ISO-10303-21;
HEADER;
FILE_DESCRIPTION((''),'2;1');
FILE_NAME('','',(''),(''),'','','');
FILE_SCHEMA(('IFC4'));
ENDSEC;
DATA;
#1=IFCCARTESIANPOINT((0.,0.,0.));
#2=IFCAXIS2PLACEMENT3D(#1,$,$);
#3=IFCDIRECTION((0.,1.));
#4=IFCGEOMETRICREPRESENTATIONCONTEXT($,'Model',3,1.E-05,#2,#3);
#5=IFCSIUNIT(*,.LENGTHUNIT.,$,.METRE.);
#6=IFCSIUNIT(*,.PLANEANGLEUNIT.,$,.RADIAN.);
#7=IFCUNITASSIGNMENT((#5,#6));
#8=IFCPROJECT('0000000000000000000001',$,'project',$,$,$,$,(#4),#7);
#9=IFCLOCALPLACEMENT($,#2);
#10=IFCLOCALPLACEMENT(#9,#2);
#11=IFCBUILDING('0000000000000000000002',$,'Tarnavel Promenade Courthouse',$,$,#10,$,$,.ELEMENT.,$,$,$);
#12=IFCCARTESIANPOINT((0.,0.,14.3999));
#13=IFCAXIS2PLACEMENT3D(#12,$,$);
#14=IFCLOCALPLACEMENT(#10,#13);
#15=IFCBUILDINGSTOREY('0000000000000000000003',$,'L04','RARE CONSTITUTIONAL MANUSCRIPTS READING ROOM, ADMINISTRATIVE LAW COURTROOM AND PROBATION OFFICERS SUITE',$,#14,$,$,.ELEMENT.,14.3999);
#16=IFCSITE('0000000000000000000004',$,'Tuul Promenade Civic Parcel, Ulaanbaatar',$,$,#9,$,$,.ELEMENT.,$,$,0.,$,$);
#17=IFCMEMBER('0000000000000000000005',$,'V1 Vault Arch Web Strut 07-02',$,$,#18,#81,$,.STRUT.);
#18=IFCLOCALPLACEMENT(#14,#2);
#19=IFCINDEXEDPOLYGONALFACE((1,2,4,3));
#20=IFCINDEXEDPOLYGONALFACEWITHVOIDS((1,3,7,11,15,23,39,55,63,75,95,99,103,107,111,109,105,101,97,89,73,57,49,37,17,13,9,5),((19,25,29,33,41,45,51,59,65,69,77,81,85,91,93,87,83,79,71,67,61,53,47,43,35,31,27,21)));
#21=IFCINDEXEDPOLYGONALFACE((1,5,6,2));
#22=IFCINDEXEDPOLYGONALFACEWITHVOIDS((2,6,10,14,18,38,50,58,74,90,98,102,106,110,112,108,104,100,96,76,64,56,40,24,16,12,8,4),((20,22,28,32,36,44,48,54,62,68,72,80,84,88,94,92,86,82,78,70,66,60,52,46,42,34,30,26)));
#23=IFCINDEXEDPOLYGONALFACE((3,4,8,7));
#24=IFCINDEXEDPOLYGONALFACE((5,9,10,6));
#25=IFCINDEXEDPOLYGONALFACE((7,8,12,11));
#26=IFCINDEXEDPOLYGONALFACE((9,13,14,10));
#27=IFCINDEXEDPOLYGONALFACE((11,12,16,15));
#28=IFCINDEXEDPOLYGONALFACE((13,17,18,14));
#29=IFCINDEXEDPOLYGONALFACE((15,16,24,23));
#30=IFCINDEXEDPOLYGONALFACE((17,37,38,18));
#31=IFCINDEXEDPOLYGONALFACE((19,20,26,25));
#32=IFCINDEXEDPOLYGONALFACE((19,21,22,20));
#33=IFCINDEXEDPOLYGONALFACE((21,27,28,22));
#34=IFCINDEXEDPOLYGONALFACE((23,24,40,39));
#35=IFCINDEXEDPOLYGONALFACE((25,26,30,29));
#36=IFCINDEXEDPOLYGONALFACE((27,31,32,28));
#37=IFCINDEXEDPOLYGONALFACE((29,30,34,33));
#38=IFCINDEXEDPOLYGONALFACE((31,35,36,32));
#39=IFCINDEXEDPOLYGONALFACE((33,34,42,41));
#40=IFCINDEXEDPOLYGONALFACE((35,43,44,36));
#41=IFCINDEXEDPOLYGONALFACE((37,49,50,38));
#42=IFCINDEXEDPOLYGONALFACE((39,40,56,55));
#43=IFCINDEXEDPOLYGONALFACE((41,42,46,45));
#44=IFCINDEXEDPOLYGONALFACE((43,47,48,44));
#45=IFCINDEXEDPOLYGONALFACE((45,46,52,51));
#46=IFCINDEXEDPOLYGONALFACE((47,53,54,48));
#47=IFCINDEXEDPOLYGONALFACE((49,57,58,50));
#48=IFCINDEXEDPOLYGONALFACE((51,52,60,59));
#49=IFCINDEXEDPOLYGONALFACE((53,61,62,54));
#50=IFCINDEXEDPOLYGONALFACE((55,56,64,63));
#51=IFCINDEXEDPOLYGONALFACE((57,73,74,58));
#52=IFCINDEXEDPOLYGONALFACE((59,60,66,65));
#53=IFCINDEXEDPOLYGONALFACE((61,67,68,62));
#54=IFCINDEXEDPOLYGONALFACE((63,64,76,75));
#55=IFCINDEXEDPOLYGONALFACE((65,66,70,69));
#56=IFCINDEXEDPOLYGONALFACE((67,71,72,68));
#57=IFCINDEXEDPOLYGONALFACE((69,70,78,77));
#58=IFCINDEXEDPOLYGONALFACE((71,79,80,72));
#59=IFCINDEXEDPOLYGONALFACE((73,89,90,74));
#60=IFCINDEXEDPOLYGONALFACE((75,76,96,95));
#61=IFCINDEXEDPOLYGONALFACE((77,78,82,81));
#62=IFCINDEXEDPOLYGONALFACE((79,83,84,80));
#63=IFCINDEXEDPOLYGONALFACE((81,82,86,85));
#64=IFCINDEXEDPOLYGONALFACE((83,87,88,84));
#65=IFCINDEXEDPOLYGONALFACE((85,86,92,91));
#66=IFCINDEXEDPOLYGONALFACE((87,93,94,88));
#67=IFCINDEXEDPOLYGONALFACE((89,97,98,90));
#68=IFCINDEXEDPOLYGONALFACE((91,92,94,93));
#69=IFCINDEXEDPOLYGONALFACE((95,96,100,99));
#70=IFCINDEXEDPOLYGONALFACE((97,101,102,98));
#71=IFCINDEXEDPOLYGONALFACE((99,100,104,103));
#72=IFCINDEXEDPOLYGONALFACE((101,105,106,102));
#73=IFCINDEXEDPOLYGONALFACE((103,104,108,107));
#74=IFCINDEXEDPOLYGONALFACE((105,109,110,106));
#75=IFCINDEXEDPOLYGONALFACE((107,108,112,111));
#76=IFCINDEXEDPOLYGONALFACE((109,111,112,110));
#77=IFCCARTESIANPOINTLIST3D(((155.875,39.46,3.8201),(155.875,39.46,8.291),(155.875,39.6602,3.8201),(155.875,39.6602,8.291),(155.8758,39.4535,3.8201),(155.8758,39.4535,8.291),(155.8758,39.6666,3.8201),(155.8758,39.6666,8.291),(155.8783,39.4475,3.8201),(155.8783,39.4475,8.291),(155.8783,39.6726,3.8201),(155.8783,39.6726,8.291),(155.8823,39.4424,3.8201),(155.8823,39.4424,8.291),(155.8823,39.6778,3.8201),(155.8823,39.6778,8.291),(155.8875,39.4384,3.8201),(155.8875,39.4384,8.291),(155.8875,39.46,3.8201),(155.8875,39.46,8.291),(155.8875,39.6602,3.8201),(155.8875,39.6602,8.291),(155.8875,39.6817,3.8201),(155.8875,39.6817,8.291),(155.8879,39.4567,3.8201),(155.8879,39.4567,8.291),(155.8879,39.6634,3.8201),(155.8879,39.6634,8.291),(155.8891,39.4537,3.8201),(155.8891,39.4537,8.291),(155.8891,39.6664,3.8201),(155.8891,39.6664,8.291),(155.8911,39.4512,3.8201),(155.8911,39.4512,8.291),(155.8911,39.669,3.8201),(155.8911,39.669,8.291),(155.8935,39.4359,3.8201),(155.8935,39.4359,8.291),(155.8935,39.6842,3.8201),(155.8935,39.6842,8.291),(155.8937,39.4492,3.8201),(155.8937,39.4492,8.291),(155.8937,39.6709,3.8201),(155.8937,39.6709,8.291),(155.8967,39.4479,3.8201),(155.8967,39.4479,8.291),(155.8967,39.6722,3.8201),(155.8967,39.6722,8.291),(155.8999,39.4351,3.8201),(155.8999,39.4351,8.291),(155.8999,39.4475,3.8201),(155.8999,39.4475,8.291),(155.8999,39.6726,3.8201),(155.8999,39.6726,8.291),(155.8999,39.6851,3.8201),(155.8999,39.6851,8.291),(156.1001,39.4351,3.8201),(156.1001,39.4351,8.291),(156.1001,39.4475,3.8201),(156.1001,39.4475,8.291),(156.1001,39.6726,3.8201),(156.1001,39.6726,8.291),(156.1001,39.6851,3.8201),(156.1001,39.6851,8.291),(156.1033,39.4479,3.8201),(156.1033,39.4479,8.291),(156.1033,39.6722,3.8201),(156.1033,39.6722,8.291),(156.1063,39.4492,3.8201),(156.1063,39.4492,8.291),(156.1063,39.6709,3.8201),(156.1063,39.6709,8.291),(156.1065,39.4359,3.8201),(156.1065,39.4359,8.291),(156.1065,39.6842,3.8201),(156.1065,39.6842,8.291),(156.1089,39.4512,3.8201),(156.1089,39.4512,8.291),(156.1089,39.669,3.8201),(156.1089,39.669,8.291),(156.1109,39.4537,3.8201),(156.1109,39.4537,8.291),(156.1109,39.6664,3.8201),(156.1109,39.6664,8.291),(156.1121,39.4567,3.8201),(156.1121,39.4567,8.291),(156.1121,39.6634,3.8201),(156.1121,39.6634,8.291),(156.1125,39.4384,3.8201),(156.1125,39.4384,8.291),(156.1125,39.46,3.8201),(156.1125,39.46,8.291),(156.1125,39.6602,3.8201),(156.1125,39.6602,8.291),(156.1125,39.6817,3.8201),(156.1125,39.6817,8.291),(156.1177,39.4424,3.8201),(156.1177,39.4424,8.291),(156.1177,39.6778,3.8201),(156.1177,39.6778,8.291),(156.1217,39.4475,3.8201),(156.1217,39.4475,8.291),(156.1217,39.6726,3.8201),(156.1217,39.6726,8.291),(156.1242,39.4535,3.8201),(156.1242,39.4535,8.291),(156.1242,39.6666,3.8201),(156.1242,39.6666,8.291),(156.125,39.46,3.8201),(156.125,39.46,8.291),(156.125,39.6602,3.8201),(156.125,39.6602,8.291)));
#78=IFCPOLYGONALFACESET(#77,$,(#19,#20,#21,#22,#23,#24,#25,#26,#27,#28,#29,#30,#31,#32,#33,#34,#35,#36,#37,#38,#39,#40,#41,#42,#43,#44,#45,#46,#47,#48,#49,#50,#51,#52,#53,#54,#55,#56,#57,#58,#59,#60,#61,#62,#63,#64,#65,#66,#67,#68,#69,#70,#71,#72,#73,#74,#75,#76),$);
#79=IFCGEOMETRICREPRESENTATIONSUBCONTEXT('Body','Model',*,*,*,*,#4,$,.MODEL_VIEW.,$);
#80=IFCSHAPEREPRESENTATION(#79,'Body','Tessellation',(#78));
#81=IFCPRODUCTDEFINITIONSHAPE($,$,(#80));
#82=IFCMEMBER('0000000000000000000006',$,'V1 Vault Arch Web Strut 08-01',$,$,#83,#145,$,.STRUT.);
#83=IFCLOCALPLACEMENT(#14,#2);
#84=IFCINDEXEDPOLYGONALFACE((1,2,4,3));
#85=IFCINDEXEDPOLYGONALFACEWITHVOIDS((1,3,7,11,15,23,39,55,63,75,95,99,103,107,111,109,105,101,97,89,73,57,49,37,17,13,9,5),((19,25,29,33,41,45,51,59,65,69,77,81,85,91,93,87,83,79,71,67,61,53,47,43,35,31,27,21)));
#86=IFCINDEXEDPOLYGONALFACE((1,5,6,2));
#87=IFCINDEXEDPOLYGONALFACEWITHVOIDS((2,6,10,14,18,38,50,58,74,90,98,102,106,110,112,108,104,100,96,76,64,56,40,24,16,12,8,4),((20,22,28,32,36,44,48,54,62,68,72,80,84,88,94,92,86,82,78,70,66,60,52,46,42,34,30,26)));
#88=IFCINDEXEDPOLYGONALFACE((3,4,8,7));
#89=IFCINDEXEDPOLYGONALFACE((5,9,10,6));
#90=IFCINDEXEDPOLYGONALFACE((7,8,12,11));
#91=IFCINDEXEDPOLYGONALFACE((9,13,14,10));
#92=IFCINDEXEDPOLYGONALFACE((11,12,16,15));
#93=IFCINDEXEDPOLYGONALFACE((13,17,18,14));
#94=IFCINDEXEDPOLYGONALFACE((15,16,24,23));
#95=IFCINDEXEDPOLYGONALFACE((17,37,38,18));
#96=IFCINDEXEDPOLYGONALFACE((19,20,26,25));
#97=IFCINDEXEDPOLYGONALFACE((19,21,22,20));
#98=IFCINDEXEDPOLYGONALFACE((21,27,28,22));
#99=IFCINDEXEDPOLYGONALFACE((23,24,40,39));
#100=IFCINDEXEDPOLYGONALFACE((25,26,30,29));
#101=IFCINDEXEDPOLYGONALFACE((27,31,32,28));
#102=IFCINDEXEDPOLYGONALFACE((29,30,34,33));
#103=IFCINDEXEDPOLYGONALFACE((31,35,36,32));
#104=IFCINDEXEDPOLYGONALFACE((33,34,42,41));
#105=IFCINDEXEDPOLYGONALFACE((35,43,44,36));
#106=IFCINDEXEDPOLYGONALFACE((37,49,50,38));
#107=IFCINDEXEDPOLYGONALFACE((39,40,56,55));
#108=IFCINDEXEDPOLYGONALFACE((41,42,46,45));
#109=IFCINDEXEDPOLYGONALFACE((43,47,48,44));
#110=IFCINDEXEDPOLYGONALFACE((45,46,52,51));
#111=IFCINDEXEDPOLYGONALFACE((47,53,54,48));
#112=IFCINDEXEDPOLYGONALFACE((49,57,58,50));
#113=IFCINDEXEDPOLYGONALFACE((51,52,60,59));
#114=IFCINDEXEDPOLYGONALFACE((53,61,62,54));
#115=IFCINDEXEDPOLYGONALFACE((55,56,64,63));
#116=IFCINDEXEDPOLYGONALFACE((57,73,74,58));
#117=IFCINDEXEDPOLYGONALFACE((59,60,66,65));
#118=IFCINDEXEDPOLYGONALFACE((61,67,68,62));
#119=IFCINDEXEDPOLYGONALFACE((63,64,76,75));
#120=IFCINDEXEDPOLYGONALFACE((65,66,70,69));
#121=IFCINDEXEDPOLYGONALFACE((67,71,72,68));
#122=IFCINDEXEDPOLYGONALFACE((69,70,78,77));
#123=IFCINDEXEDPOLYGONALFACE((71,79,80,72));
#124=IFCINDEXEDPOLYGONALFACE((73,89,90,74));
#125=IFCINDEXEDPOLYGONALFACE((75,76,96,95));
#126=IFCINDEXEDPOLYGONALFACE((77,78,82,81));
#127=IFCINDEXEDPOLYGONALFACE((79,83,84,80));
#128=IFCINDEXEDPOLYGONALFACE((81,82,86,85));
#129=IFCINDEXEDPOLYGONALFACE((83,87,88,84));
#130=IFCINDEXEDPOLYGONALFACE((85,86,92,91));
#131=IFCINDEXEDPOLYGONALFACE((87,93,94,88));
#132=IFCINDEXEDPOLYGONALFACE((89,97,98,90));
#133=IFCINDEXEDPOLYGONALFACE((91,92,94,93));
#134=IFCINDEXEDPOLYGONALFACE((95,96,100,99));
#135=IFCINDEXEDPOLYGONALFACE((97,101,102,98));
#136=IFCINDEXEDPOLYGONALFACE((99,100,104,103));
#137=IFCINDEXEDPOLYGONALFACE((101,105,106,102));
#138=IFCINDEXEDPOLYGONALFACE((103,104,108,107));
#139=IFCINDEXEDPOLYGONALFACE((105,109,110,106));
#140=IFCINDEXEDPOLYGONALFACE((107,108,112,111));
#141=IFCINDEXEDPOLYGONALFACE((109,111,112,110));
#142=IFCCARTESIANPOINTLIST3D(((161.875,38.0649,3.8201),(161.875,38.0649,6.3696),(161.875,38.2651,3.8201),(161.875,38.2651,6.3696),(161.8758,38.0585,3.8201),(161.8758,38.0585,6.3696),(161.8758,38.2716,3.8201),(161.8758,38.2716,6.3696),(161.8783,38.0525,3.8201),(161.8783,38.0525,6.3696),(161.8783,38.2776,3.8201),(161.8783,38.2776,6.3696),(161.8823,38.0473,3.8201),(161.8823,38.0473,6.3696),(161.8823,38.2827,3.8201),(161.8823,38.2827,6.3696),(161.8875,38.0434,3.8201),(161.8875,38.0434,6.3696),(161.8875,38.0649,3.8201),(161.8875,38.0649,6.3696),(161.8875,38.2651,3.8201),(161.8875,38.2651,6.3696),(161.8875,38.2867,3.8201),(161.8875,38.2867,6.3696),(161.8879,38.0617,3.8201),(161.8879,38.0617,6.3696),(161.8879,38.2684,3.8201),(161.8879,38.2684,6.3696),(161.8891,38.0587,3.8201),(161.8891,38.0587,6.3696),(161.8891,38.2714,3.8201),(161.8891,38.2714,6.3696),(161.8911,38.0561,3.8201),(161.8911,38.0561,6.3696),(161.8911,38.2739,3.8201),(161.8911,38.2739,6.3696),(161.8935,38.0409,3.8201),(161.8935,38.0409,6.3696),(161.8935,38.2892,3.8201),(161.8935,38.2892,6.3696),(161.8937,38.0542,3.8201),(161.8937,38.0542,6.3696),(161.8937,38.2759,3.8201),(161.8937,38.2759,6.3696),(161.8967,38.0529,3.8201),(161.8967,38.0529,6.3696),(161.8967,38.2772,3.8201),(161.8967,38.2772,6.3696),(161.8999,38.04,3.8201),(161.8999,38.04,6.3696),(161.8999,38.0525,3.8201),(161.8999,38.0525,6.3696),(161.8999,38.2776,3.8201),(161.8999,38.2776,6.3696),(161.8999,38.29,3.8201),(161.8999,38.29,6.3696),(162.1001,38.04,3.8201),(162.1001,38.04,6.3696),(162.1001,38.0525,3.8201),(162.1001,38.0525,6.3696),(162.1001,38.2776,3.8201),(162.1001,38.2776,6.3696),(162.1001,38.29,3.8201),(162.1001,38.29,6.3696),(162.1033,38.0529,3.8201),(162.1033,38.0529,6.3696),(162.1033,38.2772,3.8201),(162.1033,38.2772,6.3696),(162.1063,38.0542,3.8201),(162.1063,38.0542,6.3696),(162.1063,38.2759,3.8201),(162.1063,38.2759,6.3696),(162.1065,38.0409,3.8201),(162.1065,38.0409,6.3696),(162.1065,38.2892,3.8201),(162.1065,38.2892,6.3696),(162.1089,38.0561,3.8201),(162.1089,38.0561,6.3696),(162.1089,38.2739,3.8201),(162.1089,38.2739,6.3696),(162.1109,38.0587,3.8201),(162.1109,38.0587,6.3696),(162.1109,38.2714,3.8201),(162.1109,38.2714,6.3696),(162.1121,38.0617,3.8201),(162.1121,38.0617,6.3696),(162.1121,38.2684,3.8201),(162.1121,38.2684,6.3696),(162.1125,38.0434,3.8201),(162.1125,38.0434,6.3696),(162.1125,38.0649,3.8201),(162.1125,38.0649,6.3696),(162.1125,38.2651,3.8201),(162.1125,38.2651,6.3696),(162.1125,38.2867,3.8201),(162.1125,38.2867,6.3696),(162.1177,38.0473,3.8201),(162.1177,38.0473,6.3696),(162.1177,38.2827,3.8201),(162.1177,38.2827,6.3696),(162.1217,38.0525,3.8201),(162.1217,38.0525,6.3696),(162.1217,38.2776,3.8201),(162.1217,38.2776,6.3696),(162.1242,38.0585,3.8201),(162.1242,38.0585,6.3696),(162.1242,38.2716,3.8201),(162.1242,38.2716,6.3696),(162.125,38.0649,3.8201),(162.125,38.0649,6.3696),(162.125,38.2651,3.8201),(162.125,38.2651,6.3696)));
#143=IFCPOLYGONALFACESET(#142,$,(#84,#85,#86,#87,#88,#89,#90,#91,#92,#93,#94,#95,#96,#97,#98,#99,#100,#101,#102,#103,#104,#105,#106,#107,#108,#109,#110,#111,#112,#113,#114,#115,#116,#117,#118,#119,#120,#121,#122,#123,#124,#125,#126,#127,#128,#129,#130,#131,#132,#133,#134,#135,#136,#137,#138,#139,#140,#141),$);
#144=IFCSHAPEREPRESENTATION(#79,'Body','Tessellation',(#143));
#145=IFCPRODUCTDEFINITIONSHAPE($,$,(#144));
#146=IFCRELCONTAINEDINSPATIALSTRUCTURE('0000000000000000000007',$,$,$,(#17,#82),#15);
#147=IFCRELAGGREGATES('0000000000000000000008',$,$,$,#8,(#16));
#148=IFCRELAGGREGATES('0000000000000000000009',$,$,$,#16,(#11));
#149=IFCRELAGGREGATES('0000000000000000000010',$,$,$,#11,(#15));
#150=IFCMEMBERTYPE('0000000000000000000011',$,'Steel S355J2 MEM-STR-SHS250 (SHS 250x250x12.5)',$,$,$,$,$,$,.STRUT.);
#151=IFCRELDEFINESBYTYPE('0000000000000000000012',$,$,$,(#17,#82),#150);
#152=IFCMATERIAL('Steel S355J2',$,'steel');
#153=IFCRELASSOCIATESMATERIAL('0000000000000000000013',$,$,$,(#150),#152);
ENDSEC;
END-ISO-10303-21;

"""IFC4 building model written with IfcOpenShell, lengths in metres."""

from ifc_helpers import new_model, si_unit, direction, frame, origin, origin_2d, place, context, subcontext, project, spatial, hollow_rectangle, extrude, material, material_profile, profile_set, type_object, element, save


model = new_model("IFC4")

# Units and contexts
model_context = context("Model", 3, precision=1e-05, world=origin(), true_north=direction((0.0, 1.0)))
body_context = subcontext(model_context, "Body", "Model", "MODEL_VIEW")
ifc_project = project(units=[si_unit("LENGTHUNIT", "METRE"), si_unit("PLANEANGLEUNIT", "RADIAN")], contexts=[model_context])

# Site, building, storey
site_placement = place(None, origin())
site = spatial("IfcSite", under=ifc_project, at=site_placement, Name="Tuul Promenade Civic Parcel, Ulaanbaatar", CompositionType="ELEMENT", RefElevation=0.0)
building_placement = place(site_placement, origin())
building = spatial("IfcBuilding", under=site, at=building_placement, Name="Tarnavel Promenade Courthouse", CompositionType="ELEMENT")
storey_placement = place(building_placement, frame((0.0, 0.0, 14.3999)))
storey = spatial("IfcBuildingStorey", under=building, at=storey_placement, Name="L04", Description="RARE CONSTITUTIONAL MANUSCRIPTS READING ROOM, ADMINISTRATIVE LAW COURTROOM AND PROBATION OFFICERS SUITE", CompositionType="ELEMENT", Elevation=14.3999)

# Shared definitions
ifc_material_1 = material(Name="Steel S355J2", Category="steel")

# Members
ifc_material_profile_1 = material_profile(ifc_material_1, hollow_rectangle(XDim=0.25, YDim=0.25, WallThickness=0.0125, InnerFilletRadius=0.0125, OuterFilletRadius=0.0249, at=origin_2d()), Name="SHS 250x250x12.5")
ifc_profile_set_1 = profile_set([ifc_material_profile_1], Name="Steel S355J2")
member_type_1 = type_object("IfcMemberType", Name="Steel S355J2 MEM-STR-SHS250 (SHS 250x250x12.5)", PredefinedType="STRUT", material=ifc_profile_set_1)
member_1_placement = place(storey_placement, frame((156.0, 39.5601, 3.8201), z_axis=(0.0, 0.0, 1.0), x_axis=(1.0, 0.0, 0.0)))
element("IfcMember", 1, at=member_1_placement, inside=storey, type_object=member_type_1, Name="V1 Vault Arch Web Strut 07-02", PredefinedType="STRUT", context=body_context, shape_type="SweptSolid", body=[
    extrude(hollow_rectangle(XDim=0.25, YDim=0.25, WallThickness=0.0125, InnerFilletRadius=0.0125, OuterFilletRadius=0.0249, at=origin_2d()), origin(), (0.0, 0.0, 1.0), 4.4709),
])
member_2_placement = place(storey_placement, frame((162.0, 38.165, 3.8201), z_axis=(0.0, 0.0, 1.0), x_axis=(1.0, 0.0, 0.0)))
element("IfcMember", 2, at=member_2_placement, inside=storey, type_object=member_type_1, Name="V1 Vault Arch Web Strut 08-01", PredefinedType="STRUT", context=body_context, shape_type="SweptSolid", body=[
    extrude(hollow_rectangle(XDim=0.25, YDim=0.25, WallThickness=0.0125, InnerFilletRadius=0.0125, OuterFilletRadius=0.0249, at=origin_2d()), origin(), (0.0, 0.0, 1.0), 2.5496),
])

save(model, "model.ifc")
